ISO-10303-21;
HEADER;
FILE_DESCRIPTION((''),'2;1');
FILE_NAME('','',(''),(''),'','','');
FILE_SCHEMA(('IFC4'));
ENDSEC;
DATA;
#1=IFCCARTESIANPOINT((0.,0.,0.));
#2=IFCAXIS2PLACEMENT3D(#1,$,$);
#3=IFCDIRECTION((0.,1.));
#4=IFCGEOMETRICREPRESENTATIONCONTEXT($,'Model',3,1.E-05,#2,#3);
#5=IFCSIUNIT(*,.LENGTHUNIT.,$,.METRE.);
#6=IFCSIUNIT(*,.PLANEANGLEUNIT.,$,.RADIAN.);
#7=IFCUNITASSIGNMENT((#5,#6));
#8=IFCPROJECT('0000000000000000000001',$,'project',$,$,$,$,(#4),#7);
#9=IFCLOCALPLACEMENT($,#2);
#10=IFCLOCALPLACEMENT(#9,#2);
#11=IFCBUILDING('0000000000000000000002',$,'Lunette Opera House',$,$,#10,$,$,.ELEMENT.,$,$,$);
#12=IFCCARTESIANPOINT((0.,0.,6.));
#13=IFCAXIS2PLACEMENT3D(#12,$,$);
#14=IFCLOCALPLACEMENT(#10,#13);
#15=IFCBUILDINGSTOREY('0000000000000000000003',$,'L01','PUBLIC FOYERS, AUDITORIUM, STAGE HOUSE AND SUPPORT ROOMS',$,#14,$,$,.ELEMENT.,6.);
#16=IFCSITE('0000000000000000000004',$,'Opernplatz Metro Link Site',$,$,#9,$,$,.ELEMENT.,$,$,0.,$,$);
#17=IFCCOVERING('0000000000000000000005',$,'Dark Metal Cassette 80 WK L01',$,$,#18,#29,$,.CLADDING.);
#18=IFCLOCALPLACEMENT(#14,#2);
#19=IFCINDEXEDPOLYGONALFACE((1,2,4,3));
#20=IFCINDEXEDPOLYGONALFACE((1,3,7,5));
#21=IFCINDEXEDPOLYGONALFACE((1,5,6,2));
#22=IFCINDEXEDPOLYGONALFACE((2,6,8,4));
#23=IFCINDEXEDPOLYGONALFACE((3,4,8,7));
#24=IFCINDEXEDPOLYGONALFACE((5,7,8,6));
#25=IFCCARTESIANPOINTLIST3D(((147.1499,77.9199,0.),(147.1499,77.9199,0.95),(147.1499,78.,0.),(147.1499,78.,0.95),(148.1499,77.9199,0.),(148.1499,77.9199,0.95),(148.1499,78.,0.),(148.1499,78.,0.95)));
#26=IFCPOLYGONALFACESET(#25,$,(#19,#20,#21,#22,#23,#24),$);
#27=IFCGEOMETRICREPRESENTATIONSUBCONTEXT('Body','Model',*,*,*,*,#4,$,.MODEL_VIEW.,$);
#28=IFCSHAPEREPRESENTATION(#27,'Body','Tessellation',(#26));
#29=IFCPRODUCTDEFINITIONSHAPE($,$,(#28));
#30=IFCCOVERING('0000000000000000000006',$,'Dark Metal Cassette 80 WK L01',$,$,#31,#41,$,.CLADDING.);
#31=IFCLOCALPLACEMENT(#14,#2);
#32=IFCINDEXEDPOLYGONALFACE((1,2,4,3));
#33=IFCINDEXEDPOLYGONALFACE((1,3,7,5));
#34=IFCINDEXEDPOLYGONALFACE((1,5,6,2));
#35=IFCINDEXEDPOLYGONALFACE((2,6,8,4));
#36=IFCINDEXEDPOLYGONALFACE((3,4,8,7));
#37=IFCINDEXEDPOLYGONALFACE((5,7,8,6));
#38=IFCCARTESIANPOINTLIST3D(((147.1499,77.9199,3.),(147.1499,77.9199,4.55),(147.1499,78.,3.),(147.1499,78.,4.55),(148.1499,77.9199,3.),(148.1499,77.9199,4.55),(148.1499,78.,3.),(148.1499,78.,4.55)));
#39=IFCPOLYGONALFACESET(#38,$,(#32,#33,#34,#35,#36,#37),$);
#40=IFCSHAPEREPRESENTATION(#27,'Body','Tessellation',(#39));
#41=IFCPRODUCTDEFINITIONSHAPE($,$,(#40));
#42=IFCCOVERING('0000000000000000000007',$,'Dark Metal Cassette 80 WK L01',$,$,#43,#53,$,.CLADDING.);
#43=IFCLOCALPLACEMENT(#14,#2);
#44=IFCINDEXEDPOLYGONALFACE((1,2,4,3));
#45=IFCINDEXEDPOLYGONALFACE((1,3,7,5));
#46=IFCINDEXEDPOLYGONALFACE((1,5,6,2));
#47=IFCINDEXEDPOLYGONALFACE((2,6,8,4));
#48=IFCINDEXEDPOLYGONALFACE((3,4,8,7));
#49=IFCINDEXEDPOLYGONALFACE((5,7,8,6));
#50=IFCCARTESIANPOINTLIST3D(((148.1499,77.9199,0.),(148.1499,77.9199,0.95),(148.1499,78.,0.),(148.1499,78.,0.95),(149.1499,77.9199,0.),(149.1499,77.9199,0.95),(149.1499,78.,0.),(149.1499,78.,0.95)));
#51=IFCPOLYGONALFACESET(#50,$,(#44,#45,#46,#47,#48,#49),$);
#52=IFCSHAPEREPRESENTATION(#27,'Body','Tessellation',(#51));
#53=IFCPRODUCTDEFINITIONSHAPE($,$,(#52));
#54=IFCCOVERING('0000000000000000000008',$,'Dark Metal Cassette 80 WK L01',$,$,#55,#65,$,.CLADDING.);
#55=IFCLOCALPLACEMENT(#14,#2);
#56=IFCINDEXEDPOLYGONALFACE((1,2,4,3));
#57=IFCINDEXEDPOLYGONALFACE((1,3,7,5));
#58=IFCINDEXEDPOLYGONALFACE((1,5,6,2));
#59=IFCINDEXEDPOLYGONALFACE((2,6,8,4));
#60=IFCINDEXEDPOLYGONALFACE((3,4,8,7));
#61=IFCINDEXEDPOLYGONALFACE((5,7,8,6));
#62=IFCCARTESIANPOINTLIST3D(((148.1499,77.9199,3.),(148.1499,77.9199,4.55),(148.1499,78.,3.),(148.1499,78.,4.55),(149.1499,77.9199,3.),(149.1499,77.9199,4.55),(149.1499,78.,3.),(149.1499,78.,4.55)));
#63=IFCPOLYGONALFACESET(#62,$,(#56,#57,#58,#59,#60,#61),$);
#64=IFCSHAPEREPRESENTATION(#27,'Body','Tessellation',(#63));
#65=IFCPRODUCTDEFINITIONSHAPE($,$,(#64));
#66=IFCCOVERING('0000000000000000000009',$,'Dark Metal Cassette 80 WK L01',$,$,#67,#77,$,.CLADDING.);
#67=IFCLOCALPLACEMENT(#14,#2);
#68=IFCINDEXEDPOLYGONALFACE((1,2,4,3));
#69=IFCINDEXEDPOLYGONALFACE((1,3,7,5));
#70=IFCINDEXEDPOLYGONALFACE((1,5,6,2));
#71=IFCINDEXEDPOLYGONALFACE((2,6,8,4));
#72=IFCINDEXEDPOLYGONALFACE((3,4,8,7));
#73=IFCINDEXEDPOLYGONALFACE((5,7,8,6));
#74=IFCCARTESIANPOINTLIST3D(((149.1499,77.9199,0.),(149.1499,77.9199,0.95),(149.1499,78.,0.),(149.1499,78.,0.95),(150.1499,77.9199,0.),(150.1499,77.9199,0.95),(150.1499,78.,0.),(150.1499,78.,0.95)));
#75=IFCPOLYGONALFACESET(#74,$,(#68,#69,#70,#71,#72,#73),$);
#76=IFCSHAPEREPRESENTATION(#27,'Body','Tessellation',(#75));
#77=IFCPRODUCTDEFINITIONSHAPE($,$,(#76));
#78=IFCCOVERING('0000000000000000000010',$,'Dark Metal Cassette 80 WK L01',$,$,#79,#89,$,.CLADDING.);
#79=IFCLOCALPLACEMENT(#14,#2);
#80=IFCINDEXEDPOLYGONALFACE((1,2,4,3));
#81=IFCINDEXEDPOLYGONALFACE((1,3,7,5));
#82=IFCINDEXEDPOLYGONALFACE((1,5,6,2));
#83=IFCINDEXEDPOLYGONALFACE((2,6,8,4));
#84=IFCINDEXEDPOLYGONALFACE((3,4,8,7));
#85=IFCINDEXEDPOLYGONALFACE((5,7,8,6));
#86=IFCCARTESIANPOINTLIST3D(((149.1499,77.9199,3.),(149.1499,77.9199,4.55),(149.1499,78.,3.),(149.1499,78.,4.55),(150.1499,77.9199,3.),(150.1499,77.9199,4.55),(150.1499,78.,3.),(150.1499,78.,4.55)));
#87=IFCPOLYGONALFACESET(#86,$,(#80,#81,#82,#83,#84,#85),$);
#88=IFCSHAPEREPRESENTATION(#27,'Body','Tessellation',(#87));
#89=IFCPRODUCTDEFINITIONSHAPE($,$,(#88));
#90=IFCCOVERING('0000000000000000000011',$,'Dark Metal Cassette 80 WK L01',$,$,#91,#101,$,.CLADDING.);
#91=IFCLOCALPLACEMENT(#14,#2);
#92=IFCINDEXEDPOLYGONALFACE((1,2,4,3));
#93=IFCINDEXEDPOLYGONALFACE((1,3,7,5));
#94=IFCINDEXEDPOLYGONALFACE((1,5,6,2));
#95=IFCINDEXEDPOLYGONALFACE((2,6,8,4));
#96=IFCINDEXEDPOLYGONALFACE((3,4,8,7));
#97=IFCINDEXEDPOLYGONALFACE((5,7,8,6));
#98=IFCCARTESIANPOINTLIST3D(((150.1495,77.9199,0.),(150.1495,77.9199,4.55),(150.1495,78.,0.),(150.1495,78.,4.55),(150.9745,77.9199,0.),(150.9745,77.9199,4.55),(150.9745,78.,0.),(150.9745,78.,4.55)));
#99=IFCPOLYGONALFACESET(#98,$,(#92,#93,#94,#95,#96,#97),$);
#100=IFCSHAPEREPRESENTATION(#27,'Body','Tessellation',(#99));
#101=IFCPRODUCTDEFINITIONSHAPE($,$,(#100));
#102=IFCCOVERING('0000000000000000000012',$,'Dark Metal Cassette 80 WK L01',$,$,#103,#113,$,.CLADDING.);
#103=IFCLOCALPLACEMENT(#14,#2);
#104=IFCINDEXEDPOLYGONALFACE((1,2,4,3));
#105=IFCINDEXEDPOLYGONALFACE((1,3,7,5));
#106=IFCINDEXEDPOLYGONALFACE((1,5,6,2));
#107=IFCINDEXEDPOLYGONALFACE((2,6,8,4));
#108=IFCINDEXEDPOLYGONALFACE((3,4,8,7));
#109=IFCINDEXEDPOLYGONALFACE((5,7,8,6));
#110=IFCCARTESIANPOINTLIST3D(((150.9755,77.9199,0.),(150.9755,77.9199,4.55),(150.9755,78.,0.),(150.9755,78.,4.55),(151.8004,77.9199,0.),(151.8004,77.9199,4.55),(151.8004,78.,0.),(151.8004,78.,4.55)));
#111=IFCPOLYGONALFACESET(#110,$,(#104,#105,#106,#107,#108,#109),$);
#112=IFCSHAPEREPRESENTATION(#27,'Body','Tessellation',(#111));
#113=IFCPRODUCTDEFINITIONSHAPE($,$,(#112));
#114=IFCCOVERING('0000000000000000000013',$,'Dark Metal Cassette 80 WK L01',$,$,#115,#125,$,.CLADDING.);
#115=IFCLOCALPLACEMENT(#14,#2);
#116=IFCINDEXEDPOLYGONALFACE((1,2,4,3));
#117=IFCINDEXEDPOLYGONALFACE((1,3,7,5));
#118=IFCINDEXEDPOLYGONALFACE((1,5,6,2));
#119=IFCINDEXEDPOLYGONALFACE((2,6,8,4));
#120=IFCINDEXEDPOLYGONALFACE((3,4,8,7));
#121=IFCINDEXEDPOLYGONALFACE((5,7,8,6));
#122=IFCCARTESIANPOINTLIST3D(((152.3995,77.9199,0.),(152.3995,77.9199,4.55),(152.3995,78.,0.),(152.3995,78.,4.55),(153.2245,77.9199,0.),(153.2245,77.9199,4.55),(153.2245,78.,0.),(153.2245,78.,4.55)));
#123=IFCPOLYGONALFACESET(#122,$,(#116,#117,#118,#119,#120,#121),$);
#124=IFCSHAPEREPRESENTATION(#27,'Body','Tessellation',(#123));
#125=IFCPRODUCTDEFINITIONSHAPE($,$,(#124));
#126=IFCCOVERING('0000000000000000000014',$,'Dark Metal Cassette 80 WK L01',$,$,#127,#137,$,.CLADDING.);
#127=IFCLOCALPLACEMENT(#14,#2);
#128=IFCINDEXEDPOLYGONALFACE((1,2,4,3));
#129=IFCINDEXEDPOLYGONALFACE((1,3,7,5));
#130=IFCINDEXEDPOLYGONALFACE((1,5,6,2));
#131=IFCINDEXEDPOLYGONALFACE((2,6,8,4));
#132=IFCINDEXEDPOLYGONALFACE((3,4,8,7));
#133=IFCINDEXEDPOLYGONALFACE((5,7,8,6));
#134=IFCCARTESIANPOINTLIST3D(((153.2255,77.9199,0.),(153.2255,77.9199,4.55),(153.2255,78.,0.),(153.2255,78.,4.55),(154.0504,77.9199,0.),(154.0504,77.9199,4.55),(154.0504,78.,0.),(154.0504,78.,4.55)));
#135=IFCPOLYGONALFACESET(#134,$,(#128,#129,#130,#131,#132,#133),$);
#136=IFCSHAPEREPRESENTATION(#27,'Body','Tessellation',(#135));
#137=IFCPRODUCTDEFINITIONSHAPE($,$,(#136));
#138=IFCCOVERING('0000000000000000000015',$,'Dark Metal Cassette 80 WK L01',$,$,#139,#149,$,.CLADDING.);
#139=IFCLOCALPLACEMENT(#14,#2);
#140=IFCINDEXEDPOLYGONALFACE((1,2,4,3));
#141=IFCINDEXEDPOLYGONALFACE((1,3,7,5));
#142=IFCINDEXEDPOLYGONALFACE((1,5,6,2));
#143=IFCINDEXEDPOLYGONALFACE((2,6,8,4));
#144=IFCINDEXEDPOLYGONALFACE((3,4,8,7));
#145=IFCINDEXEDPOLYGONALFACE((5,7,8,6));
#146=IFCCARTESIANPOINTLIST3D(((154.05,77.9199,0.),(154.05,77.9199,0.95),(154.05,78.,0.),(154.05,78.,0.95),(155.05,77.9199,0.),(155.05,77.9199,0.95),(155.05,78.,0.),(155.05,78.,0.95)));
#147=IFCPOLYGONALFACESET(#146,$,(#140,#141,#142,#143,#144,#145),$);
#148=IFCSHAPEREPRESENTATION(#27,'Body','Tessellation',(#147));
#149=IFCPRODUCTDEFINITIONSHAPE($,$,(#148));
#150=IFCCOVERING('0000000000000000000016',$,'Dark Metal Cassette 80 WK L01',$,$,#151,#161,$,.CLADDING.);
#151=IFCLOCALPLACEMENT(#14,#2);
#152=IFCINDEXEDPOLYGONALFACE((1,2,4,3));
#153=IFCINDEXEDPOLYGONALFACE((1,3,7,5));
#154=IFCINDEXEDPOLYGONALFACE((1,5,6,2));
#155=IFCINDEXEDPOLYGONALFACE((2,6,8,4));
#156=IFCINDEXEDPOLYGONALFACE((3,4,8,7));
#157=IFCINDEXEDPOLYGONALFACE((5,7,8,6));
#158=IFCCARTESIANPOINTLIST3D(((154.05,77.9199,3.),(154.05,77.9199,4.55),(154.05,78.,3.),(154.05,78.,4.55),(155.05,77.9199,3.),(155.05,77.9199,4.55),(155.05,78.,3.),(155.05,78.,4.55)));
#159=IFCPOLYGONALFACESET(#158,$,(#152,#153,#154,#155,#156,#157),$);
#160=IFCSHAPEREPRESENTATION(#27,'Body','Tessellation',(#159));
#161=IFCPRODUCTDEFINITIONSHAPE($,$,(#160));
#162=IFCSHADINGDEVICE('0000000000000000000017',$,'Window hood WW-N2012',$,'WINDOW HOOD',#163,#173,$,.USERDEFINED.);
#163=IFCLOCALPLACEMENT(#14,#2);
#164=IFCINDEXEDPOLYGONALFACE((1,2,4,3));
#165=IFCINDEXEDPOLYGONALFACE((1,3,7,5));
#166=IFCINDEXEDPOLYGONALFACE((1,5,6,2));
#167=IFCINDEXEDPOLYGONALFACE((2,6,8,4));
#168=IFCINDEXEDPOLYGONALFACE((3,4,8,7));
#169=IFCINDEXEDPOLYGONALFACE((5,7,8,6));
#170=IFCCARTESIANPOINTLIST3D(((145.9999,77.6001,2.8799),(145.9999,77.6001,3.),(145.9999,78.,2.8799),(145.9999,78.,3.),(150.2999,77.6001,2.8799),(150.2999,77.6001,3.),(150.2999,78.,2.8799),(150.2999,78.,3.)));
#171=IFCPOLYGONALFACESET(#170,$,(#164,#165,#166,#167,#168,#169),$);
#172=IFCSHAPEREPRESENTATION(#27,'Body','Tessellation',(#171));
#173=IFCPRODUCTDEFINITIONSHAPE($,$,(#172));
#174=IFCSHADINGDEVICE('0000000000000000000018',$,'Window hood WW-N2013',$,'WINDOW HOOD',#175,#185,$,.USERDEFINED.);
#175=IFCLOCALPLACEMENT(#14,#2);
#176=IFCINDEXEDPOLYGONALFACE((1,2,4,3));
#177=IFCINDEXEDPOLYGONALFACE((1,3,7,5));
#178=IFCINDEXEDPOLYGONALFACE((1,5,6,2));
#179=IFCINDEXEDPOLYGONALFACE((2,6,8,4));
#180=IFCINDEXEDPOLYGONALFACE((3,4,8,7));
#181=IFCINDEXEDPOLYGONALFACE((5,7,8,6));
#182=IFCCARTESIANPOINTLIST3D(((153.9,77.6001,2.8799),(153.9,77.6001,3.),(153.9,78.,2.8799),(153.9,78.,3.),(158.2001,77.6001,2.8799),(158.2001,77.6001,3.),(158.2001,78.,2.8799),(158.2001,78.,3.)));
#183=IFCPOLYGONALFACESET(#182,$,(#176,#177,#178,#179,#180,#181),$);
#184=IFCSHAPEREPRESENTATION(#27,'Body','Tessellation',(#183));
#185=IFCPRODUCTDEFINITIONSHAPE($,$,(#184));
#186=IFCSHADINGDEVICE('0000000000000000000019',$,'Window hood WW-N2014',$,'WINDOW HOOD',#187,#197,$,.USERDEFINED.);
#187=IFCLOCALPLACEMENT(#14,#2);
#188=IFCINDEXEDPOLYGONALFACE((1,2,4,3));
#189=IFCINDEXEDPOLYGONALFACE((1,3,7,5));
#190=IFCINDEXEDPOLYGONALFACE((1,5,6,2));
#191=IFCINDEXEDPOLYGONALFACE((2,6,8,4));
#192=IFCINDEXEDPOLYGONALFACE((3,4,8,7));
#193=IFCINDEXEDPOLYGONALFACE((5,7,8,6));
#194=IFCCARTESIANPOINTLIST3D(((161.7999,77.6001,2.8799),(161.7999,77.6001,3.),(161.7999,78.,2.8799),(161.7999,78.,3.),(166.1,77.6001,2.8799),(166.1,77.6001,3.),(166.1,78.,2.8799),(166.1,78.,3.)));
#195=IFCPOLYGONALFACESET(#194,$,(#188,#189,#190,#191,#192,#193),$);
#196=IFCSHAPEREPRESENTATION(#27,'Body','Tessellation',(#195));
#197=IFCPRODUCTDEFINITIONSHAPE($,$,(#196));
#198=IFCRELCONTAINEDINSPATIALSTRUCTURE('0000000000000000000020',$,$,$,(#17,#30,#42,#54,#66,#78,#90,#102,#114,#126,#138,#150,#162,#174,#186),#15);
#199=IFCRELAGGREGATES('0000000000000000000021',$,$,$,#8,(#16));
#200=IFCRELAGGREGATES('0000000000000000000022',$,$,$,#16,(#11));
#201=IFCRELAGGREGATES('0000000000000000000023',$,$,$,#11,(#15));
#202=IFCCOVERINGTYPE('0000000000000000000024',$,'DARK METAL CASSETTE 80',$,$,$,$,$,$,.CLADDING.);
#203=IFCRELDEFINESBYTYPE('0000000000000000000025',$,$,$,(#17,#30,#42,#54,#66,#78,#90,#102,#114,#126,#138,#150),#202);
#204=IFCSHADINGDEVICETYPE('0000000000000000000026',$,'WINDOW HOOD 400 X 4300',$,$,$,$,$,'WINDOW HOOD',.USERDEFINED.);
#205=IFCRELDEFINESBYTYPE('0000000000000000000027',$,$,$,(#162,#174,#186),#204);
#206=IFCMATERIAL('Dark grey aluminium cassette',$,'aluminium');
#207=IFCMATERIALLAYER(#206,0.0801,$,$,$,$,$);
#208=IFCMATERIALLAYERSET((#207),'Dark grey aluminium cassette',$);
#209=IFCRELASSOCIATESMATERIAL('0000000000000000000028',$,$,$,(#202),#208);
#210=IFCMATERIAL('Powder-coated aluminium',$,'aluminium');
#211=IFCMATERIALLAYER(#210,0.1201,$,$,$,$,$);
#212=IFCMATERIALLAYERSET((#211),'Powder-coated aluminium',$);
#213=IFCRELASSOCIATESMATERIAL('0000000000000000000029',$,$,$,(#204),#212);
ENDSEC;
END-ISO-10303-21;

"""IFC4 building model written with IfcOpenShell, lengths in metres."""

from ifc_helpers import new_model, si_unit, direction, frame, origin, origin_2d, place, context, subcontext, project, spatial, rectangle, extrude, material, layer, layer_set, type_object, element, save


model = new_model("IFC4")

# Units and contexts
model_context = context("Model", 3, precision=1e-05, world=origin(), true_north=direction((0.0, 1.0)))
body_context = subcontext(model_context, "Body", "Model", "MODEL_VIEW")
ifc_project = project(units=[si_unit("LENGTHUNIT", "METRE"), si_unit("PLANEANGLEUNIT", "RADIAN")], contexts=[model_context])

# Site, building, storey
site_placement = place(None, origin())
site = spatial("IfcSite", under=ifc_project, at=site_placement, Name="Opernplatz Metro Link Site", CompositionType="ELEMENT", RefElevation=0.0)
building_placement = place(site_placement, origin())
building = spatial("IfcBuilding", under=site, at=building_placement, Name="Lunette Opera House", CompositionType="ELEMENT")
storey_placement = place(building_placement, frame((0.0, 0.0, 6.0)))
storey = spatial("IfcBuildingStorey", under=building, at=storey_placement, Name="L01", Description="PUBLIC FOYERS, AUDITORIUM, STAGE HOUSE AND SUPPORT ROOMS", CompositionType="ELEMENT", Elevation=6.0)

# Coverings
ifc_material_1 = material(Name="Dark grey aluminium cassette", Category="aluminium")
ifc_layer_1 = layer(ifc_material_1, 0.0801)
ifc_layer_set_1 = layer_set([ifc_layer_1], Name="Dark grey aluminium cassette")
covering_type = type_object("IfcCoveringType", Name="DARK METAL CASSETTE 80", PredefinedType="CLADDING", material=ifc_layer_set_1)
covering_1_placement = place(storey_placement, frame((147.6499, 77.96, 0.0), z_axis=(0.0, 0.0, 1.0), x_axis=(1.0, 0.0, 0.0)))
element("IfcCovering", 1, at=covering_1_placement, inside=storey, type_object=covering_type, Name="Dark Metal Cassette 80 WK L01", PredefinedType="CLADDING", context=body_context, shape_type="SweptSolid", body=[
    extrude(rectangle(XDim=1.0, YDim=0.0801, at=origin_2d()), origin(), (0.0, 0.0, 1.0), 0.95),
])
covering_2_placement = place(storey_placement, frame((147.6499, 77.96, 3.0), z_axis=(0.0, 0.0, 1.0), x_axis=(1.0, 0.0, 0.0)))
element("IfcCovering", 2, at=covering_2_placement, inside=storey, type_object=covering_type, Name="Dark Metal Cassette 80 WK L01", PredefinedType="CLADDING", context=body_context, shape_type="SweptSolid", body=[
    extrude(rectangle(XDim=1.0, YDim=0.0801, at=origin_2d()), origin(), (0.0, 0.0, 1.0), 1.55),
])
covering_3_placement = place(storey_placement, frame((148.6499, 77.96, 0.0), z_axis=(0.0, 0.0, 1.0), x_axis=(1.0, 0.0, 0.0)))
element("IfcCovering", 3, at=covering_3_placement, inside=storey, type_object=covering_type, Name="Dark Metal Cassette 80 WK L01", PredefinedType="CLADDING", context=body_context, shape_type="SweptSolid", body=[
    extrude(rectangle(XDim=1.0, YDim=0.0801, at=origin_2d()), origin(), (0.0, 0.0, 1.0), 0.95),
])
covering_4_placement = place(storey_placement, frame((148.6499, 77.96, 3.0), z_axis=(0.0, 0.0, 1.0), x_axis=(1.0, 0.0, 0.0)))
element("IfcCovering", 4, at=covering_4_placement, inside=storey, type_object=covering_type, Name="Dark Metal Cassette 80 WK L01", PredefinedType="CLADDING", context=body_context, shape_type="SweptSolid", body=[
    extrude(rectangle(XDim=1.0, YDim=0.0801, at=origin_2d()), origin(), (0.0, 0.0, 1.0), 1.55),
])
covering_5_placement = place(storey_placement, frame((149.6499, 77.96, 0.0), z_axis=(0.0, 0.0, 1.0), x_axis=(1.0, 0.0, 0.0)))
element("IfcCovering", 5, at=covering_5_placement, inside=storey, type_object=covering_type, Name="Dark Metal Cassette 80 WK L01", PredefinedType="CLADDING", context=body_context, shape_type="SweptSolid", body=[
    extrude(rectangle(XDim=1.0, YDim=0.0801, at=origin_2d()), origin(), (0.0, 0.0, 1.0), 0.95),
])
covering_6_placement = place(storey_placement, frame((149.6499, 77.96, 3.0), z_axis=(0.0, 0.0, 1.0), x_axis=(1.0, 0.0, 0.0)))
element("IfcCovering", 6, at=covering_6_placement, inside=storey, type_object=covering_type, Name="Dark Metal Cassette 80 WK L01", PredefinedType="CLADDING", context=body_context, shape_type="SweptSolid", body=[
    extrude(rectangle(XDim=1.0, YDim=0.0801, at=origin_2d()), origin(), (0.0, 0.0, 1.0), 1.55),
])
for number, where, z_axis, x_axis, name in (
    (7, (150.562, 77.96, 0.0), (0.0, 0.0, 1.0), (1.0, 0.0, 0.0), "Dark Metal Cassette 80 WK L01"),
    (8, (151.3879, 77.96, 0.0), (0.0, 0.0, 1.0), (1.0, 0.0, 0.0), "Dark Metal Cassette 80 WK L01"),
    (9, (152.812, 77.96, 0.0), (0.0, 0.0, 1.0), (1.0, 0.0, 0.0), "Dark Metal Cassette 80 WK L01"),
    (10, (153.6379, 77.96, 0.0), (0.0, 0.0, 1.0), (1.0, 0.0, 0.0), "Dark Metal Cassette 80 WK L01"),
):
    element("IfcCovering", number, at=place(storey_placement, frame(where, z_axis=z_axis, x_axis=x_axis)), inside=storey, type_object=covering_type, Name=name, PredefinedType="CLADDING", context=body_context, shape_type="SweptSolid", body=[
        extrude(rectangle(XDim=0.825, YDim=0.0801, at=origin_2d()), origin(), (0.0, 0.0, 1.0), 4.55),
    ])
covering_7_placement = place(storey_placement, frame((154.55, 77.96, 0.0), z_axis=(0.0, 0.0, 1.0), x_axis=(1.0, 0.0, 0.0)))
element("IfcCovering", 11, at=covering_7_placement, inside=storey, type_object=covering_type, Name="Dark Metal Cassette 80 WK L01", PredefinedType="CLADDING", context=body_context, shape_type="SweptSolid", body=[
    extrude(rectangle(XDim=1.0, YDim=0.0801, at=origin_2d()), origin(), (0.0, 0.0, 1.0), 0.95),
])
covering_8_placement = place(storey_placement, frame((154.55, 77.96, 3.0), z_axis=(0.0, 0.0, 1.0), x_axis=(1.0, 0.0, 0.0)))
element("IfcCovering", 12, at=covering_8_placement, inside=storey, type_object=covering_type, Name="Dark Metal Cassette 80 WK L01", PredefinedType="CLADDING", context=body_context, shape_type="SweptSolid", body=[
    extrude(rectangle(XDim=1.0, YDim=0.0801, at=origin_2d()), origin(), (0.0, 0.0, 1.0), 1.55),
])

# Shading devices
ifc_material_2 = material(Name="Powder-coated aluminium", Category="aluminium")
ifc_layer_2 = layer(ifc_material_2, 0.1201)
ifc_layer_set_2 = layer_set([ifc_layer_2], Name="Powder-coated aluminium")
shading_device_type = type_object("IfcShadingDeviceType", Name="WINDOW HOOD 400 X 4300", ElementType="WINDOW HOOD", PredefinedType="USERDEFINED", material=ifc_layer_set_2)
for number, where, z_axis, x_axis, name in (
    (13, (148.1499, 77.8, 2.8799), (0.0, 0.0, 1.0), (0.0, -1.0, 0.0), "Window hood WW-N2012"),
    (14, (156.05, 77.8, 2.8799), (0.0, 0.0, 1.0), (0.0, -1.0, 0.0), "Window hood WW-N2013"),
    (15, (163.95, 77.8, 2.8799), (0.0, 0.0, 1.0), (0.0, -1.0, 0.0), "Window hood WW-N2014"),
):
    element("IfcShadingDevice", number, at=place(storey_placement, frame(where, z_axis=z_axis, x_axis=x_axis)), inside=storey, type_object=shading_device_type, Name=name, ObjectType="WINDOW HOOD", PredefinedType="USERDEFINED", context=body_context, shape_type="SweptSolid", body=[
        extrude(rectangle(XDim=0.3999, YDim=4.3, at=origin_2d()), origin(), (0.0, 0.0, 1.0), 0.1201),
    ])

save(model, "model.ifc")
